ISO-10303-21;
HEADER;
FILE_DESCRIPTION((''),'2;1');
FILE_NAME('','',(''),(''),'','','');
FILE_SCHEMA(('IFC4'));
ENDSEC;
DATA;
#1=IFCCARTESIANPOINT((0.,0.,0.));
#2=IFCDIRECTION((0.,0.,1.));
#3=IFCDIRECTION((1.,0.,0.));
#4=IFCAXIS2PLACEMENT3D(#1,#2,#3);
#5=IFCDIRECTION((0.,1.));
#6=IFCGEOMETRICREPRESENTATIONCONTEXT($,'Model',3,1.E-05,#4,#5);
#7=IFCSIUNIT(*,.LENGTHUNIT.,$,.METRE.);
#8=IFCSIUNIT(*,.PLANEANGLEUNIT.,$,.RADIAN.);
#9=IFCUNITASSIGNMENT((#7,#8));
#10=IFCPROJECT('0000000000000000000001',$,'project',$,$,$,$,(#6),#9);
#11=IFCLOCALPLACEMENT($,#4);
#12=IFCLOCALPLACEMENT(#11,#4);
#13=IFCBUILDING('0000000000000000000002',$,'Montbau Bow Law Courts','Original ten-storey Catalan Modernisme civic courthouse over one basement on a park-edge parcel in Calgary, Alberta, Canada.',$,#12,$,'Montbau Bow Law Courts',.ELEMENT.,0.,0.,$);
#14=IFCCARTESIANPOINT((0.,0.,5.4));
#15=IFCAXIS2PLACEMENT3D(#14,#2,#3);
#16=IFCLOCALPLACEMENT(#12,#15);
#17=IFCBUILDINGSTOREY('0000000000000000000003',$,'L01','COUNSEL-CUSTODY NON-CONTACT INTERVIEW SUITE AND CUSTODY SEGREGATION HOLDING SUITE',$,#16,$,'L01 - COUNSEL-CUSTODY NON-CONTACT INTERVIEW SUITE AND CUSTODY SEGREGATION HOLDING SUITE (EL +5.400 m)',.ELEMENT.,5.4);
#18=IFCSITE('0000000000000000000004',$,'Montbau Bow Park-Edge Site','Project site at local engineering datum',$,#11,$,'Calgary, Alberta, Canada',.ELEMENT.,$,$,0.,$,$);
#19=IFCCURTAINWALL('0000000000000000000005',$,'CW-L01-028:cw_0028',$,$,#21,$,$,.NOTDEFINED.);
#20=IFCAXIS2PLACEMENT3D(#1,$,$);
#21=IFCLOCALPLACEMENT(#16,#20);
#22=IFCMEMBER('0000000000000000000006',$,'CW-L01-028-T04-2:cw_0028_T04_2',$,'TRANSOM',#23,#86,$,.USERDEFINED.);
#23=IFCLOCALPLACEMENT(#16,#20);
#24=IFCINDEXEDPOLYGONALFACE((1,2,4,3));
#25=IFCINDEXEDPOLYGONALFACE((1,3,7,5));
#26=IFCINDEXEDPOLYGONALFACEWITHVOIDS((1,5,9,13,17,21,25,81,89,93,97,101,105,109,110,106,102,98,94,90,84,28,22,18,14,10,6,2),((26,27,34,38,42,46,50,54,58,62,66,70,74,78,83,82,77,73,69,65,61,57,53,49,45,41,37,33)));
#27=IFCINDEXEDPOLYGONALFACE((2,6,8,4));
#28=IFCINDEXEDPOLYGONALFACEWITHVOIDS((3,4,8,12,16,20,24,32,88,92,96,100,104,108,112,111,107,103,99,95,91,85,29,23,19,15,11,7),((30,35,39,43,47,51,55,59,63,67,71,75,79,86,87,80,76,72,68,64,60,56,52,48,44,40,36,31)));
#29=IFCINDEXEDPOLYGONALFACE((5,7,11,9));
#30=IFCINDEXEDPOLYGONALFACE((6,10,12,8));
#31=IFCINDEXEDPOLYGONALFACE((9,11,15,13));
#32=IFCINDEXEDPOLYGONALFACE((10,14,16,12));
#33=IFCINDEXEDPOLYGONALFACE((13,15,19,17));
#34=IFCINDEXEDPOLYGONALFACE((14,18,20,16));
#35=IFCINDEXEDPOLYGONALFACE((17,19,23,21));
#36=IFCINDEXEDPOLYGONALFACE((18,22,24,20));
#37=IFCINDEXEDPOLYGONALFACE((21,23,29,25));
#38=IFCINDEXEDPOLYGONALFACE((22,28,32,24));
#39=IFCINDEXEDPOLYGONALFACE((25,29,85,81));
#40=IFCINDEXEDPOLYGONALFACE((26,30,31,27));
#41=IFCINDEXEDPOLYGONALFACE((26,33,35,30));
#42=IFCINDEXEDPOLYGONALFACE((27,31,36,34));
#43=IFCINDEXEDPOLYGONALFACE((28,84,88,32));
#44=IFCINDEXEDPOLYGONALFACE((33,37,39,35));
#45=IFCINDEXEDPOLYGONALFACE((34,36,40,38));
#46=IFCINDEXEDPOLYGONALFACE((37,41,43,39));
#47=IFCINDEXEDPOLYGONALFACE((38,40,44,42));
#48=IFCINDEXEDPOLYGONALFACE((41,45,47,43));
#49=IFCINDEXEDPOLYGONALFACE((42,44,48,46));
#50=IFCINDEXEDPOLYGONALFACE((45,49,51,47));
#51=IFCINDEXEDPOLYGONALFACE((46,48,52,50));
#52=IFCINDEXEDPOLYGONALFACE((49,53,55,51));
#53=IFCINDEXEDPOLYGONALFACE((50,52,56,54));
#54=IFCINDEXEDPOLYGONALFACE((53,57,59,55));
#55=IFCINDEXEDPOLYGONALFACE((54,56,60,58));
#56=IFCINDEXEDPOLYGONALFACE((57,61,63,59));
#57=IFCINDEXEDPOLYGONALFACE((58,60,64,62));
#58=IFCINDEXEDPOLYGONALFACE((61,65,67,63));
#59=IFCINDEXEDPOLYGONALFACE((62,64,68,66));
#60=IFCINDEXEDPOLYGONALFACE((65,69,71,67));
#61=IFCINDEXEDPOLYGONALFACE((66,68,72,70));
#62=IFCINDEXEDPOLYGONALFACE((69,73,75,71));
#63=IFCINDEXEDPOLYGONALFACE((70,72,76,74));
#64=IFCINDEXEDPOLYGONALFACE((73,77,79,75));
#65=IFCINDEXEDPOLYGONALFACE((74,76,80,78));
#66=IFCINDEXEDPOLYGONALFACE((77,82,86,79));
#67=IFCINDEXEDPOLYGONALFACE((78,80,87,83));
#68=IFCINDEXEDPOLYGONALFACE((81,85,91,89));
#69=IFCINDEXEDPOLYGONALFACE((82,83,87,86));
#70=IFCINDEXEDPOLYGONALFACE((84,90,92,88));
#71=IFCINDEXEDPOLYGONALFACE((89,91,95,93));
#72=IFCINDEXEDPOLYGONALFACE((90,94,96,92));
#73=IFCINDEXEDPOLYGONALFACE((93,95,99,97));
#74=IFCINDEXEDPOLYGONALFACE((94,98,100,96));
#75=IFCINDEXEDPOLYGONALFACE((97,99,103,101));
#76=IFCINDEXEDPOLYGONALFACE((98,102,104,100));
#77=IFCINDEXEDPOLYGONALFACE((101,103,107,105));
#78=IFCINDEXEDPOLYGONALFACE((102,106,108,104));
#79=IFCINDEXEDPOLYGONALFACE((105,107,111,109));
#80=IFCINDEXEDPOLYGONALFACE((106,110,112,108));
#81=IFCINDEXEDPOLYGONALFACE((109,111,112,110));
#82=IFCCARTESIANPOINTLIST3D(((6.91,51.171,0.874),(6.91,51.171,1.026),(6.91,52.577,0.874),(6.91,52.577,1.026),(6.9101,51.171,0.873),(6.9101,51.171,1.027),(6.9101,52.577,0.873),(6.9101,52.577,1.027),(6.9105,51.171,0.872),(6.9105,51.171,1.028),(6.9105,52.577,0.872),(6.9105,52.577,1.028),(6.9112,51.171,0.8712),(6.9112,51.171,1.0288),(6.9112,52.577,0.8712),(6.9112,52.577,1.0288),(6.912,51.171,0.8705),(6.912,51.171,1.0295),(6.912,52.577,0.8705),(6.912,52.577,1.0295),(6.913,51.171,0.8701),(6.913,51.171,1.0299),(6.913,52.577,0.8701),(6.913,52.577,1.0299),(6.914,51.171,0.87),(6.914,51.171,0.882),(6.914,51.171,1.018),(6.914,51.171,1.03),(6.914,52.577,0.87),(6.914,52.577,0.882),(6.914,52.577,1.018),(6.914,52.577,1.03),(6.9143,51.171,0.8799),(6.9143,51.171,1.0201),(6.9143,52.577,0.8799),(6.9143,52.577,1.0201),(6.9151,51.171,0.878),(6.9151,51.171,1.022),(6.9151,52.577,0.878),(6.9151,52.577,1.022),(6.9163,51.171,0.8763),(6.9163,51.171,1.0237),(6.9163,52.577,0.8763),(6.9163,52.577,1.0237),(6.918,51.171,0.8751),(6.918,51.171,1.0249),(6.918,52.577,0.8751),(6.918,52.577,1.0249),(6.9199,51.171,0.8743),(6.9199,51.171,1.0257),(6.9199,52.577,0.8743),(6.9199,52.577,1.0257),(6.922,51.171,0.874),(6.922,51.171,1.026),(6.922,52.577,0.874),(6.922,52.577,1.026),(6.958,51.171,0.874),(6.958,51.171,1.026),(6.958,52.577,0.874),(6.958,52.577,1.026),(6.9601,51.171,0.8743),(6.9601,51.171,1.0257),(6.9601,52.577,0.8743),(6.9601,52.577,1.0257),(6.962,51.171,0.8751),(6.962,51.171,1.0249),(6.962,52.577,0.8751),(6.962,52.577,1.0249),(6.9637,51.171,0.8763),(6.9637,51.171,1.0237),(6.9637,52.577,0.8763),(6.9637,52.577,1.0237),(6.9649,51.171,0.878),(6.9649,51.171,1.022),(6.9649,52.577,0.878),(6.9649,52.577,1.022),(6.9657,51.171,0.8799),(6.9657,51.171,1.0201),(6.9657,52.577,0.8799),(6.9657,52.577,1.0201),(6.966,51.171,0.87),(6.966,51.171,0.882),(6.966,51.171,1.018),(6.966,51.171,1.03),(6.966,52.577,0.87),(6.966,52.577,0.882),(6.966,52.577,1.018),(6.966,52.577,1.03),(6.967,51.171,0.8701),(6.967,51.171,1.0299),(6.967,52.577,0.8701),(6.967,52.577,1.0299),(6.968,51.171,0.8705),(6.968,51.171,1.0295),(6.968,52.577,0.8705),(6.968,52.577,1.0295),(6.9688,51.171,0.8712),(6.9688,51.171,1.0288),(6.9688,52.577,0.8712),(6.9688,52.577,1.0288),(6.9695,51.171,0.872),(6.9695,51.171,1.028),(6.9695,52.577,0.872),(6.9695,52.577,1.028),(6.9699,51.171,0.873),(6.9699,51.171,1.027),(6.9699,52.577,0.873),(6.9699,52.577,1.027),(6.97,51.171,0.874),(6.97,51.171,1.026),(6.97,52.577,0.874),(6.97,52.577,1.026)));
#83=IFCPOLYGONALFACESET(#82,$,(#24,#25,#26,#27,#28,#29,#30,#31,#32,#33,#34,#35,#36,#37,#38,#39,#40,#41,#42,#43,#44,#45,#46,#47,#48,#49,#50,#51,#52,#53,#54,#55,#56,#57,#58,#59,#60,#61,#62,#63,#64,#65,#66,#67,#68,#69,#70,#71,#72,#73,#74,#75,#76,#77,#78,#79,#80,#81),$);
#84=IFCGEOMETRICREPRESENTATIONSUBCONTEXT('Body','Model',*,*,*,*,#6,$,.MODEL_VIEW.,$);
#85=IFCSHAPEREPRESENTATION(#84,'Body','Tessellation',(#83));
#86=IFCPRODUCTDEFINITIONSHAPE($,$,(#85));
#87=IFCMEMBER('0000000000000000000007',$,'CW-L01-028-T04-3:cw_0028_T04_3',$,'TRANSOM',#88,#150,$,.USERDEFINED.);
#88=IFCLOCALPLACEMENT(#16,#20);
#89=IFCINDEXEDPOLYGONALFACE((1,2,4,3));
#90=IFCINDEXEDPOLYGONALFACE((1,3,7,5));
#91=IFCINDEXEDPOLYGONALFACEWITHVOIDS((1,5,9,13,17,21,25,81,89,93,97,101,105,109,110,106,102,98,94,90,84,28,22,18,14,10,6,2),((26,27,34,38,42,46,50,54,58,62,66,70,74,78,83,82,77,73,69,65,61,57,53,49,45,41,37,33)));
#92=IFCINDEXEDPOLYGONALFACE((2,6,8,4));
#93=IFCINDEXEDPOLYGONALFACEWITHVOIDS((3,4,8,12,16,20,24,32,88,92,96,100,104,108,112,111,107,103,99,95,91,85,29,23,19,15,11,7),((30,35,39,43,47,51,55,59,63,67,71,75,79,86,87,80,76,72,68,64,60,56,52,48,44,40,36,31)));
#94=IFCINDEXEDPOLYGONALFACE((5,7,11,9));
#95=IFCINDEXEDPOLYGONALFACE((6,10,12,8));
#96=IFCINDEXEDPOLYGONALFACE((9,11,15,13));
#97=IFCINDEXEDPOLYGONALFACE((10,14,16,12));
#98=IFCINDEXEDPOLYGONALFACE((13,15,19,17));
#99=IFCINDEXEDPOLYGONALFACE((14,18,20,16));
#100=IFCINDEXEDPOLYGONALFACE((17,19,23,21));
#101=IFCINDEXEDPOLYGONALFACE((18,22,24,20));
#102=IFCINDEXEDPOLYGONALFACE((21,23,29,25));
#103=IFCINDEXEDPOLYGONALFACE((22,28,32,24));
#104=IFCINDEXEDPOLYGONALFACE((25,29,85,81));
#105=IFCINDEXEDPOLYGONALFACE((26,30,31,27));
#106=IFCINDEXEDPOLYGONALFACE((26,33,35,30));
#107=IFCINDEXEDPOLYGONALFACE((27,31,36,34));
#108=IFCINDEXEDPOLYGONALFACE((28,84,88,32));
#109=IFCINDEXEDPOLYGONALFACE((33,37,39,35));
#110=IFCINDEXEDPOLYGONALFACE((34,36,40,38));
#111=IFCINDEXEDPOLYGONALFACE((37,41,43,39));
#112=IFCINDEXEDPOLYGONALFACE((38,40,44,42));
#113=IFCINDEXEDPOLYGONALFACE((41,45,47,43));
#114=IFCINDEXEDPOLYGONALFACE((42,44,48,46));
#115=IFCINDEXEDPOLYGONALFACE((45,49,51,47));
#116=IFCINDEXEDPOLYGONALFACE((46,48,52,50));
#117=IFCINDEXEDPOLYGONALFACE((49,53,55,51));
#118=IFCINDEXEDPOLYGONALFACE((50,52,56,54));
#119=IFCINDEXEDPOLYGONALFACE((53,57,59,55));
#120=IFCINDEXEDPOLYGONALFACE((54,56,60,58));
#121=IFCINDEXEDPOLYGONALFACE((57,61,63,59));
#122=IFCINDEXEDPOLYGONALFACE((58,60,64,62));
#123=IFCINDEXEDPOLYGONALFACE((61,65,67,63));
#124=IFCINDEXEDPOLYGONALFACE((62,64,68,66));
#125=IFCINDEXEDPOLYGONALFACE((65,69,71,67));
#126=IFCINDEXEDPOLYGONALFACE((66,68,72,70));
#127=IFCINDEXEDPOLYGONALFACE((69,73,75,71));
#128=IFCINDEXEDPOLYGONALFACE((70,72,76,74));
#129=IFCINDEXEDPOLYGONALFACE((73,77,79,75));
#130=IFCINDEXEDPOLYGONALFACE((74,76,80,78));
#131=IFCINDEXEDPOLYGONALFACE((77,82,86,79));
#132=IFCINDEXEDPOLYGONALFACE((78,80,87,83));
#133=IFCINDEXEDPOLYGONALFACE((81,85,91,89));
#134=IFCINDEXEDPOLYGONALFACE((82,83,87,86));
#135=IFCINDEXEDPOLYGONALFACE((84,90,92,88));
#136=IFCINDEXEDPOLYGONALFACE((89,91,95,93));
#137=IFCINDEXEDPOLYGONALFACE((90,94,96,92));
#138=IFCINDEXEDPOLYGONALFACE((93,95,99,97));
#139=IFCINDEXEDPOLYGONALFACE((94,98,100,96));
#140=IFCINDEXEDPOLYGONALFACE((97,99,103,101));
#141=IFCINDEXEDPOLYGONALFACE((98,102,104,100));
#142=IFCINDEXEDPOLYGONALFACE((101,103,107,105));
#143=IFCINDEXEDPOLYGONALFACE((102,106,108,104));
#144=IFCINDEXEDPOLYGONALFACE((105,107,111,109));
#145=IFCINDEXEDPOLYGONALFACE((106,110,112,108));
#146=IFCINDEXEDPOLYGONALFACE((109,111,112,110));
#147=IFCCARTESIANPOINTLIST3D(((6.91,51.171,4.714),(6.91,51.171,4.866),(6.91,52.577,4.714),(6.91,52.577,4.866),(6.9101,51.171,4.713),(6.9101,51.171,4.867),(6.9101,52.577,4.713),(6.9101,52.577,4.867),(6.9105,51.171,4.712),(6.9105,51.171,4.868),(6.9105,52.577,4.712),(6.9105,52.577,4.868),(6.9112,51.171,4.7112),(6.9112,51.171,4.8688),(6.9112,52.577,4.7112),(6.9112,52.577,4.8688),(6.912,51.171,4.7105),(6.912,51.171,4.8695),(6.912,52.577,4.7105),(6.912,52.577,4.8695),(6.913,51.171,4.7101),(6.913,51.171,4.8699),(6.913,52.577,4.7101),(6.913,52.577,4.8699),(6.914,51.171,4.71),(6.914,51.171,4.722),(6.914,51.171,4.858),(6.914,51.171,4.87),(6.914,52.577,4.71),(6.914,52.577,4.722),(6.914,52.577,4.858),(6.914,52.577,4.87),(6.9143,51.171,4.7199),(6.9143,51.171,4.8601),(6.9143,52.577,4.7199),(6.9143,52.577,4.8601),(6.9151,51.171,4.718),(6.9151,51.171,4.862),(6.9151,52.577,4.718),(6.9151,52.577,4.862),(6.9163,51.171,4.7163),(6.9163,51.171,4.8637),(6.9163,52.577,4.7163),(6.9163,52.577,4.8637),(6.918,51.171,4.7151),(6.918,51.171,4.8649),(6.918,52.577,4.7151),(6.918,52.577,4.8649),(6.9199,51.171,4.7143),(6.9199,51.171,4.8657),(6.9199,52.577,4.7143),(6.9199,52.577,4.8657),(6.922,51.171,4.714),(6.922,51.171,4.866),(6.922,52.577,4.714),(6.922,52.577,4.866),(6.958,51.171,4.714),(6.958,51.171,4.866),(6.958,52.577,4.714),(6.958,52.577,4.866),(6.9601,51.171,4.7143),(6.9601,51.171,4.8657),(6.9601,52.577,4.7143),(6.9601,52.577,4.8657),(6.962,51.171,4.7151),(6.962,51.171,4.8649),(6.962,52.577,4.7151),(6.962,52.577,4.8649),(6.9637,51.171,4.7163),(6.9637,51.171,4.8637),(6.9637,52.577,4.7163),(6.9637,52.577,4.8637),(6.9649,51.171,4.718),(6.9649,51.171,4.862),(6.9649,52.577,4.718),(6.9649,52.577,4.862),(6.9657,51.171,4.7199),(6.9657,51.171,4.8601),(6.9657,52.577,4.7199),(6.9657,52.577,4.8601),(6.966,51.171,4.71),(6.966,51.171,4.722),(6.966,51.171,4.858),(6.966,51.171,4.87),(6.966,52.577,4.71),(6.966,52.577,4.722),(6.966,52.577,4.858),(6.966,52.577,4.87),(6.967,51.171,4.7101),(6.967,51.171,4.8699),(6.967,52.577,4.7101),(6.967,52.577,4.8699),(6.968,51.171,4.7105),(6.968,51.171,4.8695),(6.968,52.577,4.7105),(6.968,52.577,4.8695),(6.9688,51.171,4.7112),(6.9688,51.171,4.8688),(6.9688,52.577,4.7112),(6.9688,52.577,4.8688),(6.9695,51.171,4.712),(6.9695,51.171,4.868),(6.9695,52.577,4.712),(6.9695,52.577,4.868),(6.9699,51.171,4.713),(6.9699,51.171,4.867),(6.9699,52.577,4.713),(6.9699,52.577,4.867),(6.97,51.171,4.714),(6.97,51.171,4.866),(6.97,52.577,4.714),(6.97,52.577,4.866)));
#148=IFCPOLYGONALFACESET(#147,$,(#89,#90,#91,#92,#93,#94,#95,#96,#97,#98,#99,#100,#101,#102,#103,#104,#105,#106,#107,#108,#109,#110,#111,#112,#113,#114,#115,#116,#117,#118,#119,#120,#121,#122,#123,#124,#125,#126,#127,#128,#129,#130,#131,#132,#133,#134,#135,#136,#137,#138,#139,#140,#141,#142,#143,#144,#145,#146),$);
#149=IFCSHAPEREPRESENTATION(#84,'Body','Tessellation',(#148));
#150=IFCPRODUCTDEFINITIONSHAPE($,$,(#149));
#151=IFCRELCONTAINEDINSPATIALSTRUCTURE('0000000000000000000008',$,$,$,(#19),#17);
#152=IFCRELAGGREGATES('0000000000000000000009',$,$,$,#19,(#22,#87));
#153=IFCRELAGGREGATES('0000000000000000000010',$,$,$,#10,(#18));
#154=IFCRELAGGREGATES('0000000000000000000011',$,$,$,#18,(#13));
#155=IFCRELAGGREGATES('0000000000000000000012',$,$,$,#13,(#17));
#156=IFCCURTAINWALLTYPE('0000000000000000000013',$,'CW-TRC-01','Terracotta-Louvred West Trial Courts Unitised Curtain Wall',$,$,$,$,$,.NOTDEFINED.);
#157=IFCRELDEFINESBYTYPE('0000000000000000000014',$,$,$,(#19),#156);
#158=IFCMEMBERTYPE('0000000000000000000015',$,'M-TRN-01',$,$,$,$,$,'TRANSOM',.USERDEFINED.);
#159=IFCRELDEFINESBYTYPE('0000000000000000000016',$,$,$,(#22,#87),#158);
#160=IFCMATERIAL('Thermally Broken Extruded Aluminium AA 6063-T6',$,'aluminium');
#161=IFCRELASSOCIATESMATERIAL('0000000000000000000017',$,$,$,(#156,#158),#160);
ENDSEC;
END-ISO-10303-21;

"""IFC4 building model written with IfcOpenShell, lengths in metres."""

from ifc_helpers import new_model, si_unit, direction, frame, origin_with_axes, origin_2d_with_axis, place, context, subcontext, project, spatial, hollow_rectangle, extrude, material, material_profile, profile_set, type_object, element, aggregate, save


model = new_model("IFC4")

# Units and contexts
model_context = context("Model", 3, precision=1e-05, world=origin_with_axes(), true_north=direction((0.0, 1.0)))
body_context = subcontext(model_context, "Body", "Model", "MODEL_VIEW")
ifc_project = project(units=[si_unit("LENGTHUNIT", "METRE"), si_unit("PLANEANGLEUNIT", "RADIAN")], contexts=[model_context])

# Site, building, storey
site_placement = place(None, origin_with_axes())
site = spatial("IfcSite", under=ifc_project, at=site_placement, Name="Montbau Bow Park-Edge Site", Description="Project site at local engineering datum", LongName="Calgary, Alberta, Canada", CompositionType="ELEMENT", RefElevation=0.0)
building_placement = place(site_placement, origin_with_axes())
building = spatial("IfcBuilding", under=site, at=building_placement, Name="Montbau Bow Law Courts", Description="Original ten-storey Catalan Modernisme civic courthouse over one basement on a park-edge parcel in Calgary, Alberta, Canada.", LongName="Montbau Bow Law Courts", CompositionType="ELEMENT", ElevationOfRefHeight=0.0, ElevationOfTerrain=0.0)
storey_placement = place(building_placement, frame((0.0, 0.0, 5.4), z_axis=(0.0, 0.0, 1.0), x_axis=(1.0, 0.0, 0.0)))
storey = spatial("IfcBuildingStorey", under=building, at=storey_placement, Name="L01", Description="COUNSEL-CUSTODY NON-CONTACT INTERVIEW SUITE AND CUSTODY SEGREGATION HOLDING SUITE", LongName="L01 - COUNSEL-CUSTODY NON-CONTACT INTERVIEW SUITE AND CUSTODY SEGREGATION HOLDING SUITE (EL +5.400 m)", CompositionType="ELEMENT", Elevation=5.4)

# Curtain wall, members
ifc_material_1 = material(Name="Thermally Broken Extruded Aluminium AA 6063-T6", Category="aluminium")
curtain_wall_type = type_object("IfcCurtainWallType", Name="CW-TRC-01", Description="Terracotta-Louvred West Trial Courts Unitised Curtain Wall", PredefinedType="NOTDEFINED", material=ifc_material_1)
curtain_wall_1_placement = place(None, frame((6.94, 46.715, 5.4), z_axis=(0.0, 0.0, 1.0), x_axis=(1.0, 0.0, 0.0)))
curtain_wall_1 = element("IfcCurtainWall", 1, at=curtain_wall_1_placement, inside=storey, type_object=curtain_wall_type, Name="CW-L01-028:cw_0028", PredefinedType="NOTDEFINED")
ifc_material_profile_1 = material_profile(ifc_material_1, hollow_rectangle(XDim=0.06, YDim=0.16, WallThickness=0.004, InnerFilletRadius=0.008, OuterFilletRadius=0.004, at=origin_2d_with_axis()), Name="CWT-160X60", Category="Main", Priority=0)
ifc_profile_set_1 = profile_set([ifc_material_profile_1], Name="Thermally Broken Extruded Aluminium AA 6063-T6")
member_type_1 = type_object("IfcMemberType", Name="M-TRN-01", ElementType="TRANSOM", PredefinedType="USERDEFINED", material=ifc_profile_set_1)
member_1_placement = place(None, frame((6.94, 51.171, 6.35), z_axis=(0.0, 1.0, 0.0), x_axis=(-1.0, 0.0, 0.0)))
member_1 = element("IfcMember", 2, at=member_1_placement, type_object=member_type_1, Name="CW-L01-028-T04-2:cw_0028_T04_2", ObjectType="TRANSOM", PredefinedType="USERDEFINED", context=body_context, shape_type="SweptSolid", body=[
    extrude(hollow_rectangle(XDim=0.06, YDim=0.16, WallThickness=0.004, InnerFilletRadius=0.008, OuterFilletRadius=0.004, at=origin_2d_with_axis()), origin_with_axes(), (0.0, 0.0, 1.0), 1.406),
])
member_2_placement = place(None, frame((6.94, 51.171, 10.19), z_axis=(0.0, 1.0, 0.0), x_axis=(-1.0, 0.0, 0.0)))
member_2 = element("IfcMember", 3, at=member_2_placement, type_object=member_type_1, Name="CW-L01-028-T04-3:cw_0028_T04_3", ObjectType="TRANSOM", PredefinedType="USERDEFINED", context=body_context, shape_type="SweptSolid", body=[
    extrude(hollow_rectangle(XDim=0.06, YDim=0.16, WallThickness=0.004, InnerFilletRadius=0.008, OuterFilletRadius=0.004, at=origin_2d_with_axis()), origin_with_axes(), (0.0, 0.0, 1.0), 1.406),
])

aggregate(curtain_wall_1, [member_1, member_2])

save(model, "model.ifc")
